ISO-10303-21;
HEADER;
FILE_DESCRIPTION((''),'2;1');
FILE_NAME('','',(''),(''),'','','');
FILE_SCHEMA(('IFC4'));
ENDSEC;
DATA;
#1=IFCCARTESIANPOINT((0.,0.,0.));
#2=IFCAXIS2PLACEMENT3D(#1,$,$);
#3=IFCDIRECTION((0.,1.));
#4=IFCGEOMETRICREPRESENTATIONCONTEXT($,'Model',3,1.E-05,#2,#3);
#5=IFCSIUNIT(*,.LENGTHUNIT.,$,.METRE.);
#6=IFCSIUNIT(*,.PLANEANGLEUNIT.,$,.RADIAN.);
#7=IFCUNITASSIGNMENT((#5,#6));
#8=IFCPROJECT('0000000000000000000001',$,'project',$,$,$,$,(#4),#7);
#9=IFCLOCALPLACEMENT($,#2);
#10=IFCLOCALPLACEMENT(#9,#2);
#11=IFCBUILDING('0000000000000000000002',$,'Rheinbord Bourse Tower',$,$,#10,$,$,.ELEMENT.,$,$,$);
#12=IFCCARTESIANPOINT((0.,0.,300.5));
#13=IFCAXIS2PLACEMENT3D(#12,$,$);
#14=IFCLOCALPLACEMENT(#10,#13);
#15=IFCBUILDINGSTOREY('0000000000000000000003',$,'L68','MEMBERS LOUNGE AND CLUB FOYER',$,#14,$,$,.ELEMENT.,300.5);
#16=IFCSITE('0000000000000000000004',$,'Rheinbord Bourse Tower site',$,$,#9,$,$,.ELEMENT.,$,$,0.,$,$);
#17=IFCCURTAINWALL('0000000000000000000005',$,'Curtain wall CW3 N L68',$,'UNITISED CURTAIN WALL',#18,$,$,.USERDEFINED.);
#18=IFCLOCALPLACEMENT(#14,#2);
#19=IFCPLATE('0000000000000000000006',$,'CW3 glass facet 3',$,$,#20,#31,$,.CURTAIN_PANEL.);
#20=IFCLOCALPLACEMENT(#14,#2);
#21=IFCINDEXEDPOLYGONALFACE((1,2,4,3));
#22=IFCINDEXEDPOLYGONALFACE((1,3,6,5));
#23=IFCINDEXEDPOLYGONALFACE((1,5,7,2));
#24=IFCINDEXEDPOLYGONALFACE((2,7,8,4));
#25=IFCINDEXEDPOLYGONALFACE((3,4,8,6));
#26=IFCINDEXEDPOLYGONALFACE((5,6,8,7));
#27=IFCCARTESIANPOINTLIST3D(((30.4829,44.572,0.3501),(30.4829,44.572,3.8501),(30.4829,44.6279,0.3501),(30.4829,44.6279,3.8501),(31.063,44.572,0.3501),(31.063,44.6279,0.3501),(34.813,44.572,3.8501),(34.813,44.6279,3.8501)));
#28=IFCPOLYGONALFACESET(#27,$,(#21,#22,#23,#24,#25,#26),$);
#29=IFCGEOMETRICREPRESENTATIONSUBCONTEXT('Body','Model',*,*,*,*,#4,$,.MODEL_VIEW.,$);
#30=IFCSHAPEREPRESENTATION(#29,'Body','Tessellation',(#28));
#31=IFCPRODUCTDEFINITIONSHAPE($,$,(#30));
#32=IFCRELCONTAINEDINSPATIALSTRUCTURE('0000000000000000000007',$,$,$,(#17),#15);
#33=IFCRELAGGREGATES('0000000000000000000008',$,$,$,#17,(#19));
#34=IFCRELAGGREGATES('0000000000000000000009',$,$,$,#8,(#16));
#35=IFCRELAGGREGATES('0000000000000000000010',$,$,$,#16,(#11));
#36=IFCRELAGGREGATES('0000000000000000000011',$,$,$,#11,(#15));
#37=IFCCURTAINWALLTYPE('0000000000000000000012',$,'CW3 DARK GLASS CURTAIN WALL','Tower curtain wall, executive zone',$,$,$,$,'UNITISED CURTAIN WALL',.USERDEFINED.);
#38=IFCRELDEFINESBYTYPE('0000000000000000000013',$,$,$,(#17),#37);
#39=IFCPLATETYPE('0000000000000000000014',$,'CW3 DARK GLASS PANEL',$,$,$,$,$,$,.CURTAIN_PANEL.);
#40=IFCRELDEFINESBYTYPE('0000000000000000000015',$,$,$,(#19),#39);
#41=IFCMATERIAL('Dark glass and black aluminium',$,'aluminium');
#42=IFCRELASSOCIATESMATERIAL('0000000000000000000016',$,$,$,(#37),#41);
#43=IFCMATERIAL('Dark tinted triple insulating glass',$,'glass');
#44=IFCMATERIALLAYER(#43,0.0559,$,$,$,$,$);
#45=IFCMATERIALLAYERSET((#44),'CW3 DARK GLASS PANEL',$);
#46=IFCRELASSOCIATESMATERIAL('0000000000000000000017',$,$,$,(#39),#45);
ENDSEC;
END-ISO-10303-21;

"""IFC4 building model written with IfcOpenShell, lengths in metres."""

from ifc_helpers import new_model, si_unit, direction, frame, origin, place, context, subcontext, project, spatial, polyline, outline, extrude, material, layer, layer_set, type_object, element, aggregate, save


model = new_model("IFC4")

# Units and contexts
model_context = context("Model", 3, precision=1e-05, world=origin(), true_north=direction((0.0, 1.0)))
body_context = subcontext(model_context, "Body", "Model", "MODEL_VIEW")
ifc_project = project(units=[si_unit("LENGTHUNIT", "METRE"), si_unit("PLANEANGLEUNIT", "RADIAN")], contexts=[model_context])

# Site, building, storey
site_placement = place(None, origin())
site = spatial("IfcSite", under=ifc_project, at=site_placement, Name="Rheinbord Bourse Tower site", CompositionType="ELEMENT", RefElevation=0.0)
building_placement = place(site_placement, origin())
building = spatial("IfcBuilding", under=site, at=building_placement, Name="Rheinbord Bourse Tower", CompositionType="ELEMENT")
storey_placement = place(building_placement, frame((0.0, 0.0, 300.5)))
storey = spatial("IfcBuildingStorey", under=building, at=storey_placement, Name="L68", Description="MEMBERS LOUNGE AND CLUB FOYER", CompositionType="ELEMENT", Elevation=300.5)

# Curtain wall
ifc_material_1 = material(Name="Dark glass and black aluminium", Category="aluminium")
curtain_wall_type = type_object("IfcCurtainWallType", Name="CW3 DARK GLASS CURTAIN WALL", Description="Tower curtain wall, executive zone", ElementType="UNITISED CURTAIN WALL", PredefinedType="USERDEFINED", material=ifc_material_1)
curtain_wall_placement = place(storey_placement, origin())
curtain_wall = element("IfcCurtainWall", 1, at=curtain_wall_placement, inside=storey, type_object=curtain_wall_type, Name="Curtain wall CW3 N L68", ObjectType="UNITISED CURTAIN WALL", PredefinedType="USERDEFINED")

# Plate
ifc_material_2 = material(Name="Dark tinted triple insulating glass", Category="glass")
ifc_layer = layer(ifc_material_2, 0.0559)
ifc_layer_set = layer_set([ifc_layer], Name="CW3 DARK GLASS PANEL")
plate_type = type_object("IfcPlateType", Name="CW3 DARK GLASS PANEL", PredefinedType="CURTAIN_PANEL", material=ifc_layer_set)
plate_1_placement = place(storey_placement, frame((30.4829, 44.6279, 3.8501), z_axis=(0.0, -1.0, 0.0), x_axis=(0.0, 0.0, -1.0)))
plate_1 = element("IfcPlate", 2, at=plate_1_placement, type_object=plate_type, Name="CW3 glass facet 3", PredefinedType="CURTAIN_PANEL", context=body_context, shape_type="SweptSolid", body=[
    extrude(outline(polyline([(0.0, 0.0), (3.5, 0.0), (3.5, 0.5801), (0.0, 4.3301), (0.0, 0.0)])), origin(), (0.0, 0.0, 1.0), 0.0559),
])
aggregate(curtain_wall, [plate_1])

save(model, "model.ifc")
